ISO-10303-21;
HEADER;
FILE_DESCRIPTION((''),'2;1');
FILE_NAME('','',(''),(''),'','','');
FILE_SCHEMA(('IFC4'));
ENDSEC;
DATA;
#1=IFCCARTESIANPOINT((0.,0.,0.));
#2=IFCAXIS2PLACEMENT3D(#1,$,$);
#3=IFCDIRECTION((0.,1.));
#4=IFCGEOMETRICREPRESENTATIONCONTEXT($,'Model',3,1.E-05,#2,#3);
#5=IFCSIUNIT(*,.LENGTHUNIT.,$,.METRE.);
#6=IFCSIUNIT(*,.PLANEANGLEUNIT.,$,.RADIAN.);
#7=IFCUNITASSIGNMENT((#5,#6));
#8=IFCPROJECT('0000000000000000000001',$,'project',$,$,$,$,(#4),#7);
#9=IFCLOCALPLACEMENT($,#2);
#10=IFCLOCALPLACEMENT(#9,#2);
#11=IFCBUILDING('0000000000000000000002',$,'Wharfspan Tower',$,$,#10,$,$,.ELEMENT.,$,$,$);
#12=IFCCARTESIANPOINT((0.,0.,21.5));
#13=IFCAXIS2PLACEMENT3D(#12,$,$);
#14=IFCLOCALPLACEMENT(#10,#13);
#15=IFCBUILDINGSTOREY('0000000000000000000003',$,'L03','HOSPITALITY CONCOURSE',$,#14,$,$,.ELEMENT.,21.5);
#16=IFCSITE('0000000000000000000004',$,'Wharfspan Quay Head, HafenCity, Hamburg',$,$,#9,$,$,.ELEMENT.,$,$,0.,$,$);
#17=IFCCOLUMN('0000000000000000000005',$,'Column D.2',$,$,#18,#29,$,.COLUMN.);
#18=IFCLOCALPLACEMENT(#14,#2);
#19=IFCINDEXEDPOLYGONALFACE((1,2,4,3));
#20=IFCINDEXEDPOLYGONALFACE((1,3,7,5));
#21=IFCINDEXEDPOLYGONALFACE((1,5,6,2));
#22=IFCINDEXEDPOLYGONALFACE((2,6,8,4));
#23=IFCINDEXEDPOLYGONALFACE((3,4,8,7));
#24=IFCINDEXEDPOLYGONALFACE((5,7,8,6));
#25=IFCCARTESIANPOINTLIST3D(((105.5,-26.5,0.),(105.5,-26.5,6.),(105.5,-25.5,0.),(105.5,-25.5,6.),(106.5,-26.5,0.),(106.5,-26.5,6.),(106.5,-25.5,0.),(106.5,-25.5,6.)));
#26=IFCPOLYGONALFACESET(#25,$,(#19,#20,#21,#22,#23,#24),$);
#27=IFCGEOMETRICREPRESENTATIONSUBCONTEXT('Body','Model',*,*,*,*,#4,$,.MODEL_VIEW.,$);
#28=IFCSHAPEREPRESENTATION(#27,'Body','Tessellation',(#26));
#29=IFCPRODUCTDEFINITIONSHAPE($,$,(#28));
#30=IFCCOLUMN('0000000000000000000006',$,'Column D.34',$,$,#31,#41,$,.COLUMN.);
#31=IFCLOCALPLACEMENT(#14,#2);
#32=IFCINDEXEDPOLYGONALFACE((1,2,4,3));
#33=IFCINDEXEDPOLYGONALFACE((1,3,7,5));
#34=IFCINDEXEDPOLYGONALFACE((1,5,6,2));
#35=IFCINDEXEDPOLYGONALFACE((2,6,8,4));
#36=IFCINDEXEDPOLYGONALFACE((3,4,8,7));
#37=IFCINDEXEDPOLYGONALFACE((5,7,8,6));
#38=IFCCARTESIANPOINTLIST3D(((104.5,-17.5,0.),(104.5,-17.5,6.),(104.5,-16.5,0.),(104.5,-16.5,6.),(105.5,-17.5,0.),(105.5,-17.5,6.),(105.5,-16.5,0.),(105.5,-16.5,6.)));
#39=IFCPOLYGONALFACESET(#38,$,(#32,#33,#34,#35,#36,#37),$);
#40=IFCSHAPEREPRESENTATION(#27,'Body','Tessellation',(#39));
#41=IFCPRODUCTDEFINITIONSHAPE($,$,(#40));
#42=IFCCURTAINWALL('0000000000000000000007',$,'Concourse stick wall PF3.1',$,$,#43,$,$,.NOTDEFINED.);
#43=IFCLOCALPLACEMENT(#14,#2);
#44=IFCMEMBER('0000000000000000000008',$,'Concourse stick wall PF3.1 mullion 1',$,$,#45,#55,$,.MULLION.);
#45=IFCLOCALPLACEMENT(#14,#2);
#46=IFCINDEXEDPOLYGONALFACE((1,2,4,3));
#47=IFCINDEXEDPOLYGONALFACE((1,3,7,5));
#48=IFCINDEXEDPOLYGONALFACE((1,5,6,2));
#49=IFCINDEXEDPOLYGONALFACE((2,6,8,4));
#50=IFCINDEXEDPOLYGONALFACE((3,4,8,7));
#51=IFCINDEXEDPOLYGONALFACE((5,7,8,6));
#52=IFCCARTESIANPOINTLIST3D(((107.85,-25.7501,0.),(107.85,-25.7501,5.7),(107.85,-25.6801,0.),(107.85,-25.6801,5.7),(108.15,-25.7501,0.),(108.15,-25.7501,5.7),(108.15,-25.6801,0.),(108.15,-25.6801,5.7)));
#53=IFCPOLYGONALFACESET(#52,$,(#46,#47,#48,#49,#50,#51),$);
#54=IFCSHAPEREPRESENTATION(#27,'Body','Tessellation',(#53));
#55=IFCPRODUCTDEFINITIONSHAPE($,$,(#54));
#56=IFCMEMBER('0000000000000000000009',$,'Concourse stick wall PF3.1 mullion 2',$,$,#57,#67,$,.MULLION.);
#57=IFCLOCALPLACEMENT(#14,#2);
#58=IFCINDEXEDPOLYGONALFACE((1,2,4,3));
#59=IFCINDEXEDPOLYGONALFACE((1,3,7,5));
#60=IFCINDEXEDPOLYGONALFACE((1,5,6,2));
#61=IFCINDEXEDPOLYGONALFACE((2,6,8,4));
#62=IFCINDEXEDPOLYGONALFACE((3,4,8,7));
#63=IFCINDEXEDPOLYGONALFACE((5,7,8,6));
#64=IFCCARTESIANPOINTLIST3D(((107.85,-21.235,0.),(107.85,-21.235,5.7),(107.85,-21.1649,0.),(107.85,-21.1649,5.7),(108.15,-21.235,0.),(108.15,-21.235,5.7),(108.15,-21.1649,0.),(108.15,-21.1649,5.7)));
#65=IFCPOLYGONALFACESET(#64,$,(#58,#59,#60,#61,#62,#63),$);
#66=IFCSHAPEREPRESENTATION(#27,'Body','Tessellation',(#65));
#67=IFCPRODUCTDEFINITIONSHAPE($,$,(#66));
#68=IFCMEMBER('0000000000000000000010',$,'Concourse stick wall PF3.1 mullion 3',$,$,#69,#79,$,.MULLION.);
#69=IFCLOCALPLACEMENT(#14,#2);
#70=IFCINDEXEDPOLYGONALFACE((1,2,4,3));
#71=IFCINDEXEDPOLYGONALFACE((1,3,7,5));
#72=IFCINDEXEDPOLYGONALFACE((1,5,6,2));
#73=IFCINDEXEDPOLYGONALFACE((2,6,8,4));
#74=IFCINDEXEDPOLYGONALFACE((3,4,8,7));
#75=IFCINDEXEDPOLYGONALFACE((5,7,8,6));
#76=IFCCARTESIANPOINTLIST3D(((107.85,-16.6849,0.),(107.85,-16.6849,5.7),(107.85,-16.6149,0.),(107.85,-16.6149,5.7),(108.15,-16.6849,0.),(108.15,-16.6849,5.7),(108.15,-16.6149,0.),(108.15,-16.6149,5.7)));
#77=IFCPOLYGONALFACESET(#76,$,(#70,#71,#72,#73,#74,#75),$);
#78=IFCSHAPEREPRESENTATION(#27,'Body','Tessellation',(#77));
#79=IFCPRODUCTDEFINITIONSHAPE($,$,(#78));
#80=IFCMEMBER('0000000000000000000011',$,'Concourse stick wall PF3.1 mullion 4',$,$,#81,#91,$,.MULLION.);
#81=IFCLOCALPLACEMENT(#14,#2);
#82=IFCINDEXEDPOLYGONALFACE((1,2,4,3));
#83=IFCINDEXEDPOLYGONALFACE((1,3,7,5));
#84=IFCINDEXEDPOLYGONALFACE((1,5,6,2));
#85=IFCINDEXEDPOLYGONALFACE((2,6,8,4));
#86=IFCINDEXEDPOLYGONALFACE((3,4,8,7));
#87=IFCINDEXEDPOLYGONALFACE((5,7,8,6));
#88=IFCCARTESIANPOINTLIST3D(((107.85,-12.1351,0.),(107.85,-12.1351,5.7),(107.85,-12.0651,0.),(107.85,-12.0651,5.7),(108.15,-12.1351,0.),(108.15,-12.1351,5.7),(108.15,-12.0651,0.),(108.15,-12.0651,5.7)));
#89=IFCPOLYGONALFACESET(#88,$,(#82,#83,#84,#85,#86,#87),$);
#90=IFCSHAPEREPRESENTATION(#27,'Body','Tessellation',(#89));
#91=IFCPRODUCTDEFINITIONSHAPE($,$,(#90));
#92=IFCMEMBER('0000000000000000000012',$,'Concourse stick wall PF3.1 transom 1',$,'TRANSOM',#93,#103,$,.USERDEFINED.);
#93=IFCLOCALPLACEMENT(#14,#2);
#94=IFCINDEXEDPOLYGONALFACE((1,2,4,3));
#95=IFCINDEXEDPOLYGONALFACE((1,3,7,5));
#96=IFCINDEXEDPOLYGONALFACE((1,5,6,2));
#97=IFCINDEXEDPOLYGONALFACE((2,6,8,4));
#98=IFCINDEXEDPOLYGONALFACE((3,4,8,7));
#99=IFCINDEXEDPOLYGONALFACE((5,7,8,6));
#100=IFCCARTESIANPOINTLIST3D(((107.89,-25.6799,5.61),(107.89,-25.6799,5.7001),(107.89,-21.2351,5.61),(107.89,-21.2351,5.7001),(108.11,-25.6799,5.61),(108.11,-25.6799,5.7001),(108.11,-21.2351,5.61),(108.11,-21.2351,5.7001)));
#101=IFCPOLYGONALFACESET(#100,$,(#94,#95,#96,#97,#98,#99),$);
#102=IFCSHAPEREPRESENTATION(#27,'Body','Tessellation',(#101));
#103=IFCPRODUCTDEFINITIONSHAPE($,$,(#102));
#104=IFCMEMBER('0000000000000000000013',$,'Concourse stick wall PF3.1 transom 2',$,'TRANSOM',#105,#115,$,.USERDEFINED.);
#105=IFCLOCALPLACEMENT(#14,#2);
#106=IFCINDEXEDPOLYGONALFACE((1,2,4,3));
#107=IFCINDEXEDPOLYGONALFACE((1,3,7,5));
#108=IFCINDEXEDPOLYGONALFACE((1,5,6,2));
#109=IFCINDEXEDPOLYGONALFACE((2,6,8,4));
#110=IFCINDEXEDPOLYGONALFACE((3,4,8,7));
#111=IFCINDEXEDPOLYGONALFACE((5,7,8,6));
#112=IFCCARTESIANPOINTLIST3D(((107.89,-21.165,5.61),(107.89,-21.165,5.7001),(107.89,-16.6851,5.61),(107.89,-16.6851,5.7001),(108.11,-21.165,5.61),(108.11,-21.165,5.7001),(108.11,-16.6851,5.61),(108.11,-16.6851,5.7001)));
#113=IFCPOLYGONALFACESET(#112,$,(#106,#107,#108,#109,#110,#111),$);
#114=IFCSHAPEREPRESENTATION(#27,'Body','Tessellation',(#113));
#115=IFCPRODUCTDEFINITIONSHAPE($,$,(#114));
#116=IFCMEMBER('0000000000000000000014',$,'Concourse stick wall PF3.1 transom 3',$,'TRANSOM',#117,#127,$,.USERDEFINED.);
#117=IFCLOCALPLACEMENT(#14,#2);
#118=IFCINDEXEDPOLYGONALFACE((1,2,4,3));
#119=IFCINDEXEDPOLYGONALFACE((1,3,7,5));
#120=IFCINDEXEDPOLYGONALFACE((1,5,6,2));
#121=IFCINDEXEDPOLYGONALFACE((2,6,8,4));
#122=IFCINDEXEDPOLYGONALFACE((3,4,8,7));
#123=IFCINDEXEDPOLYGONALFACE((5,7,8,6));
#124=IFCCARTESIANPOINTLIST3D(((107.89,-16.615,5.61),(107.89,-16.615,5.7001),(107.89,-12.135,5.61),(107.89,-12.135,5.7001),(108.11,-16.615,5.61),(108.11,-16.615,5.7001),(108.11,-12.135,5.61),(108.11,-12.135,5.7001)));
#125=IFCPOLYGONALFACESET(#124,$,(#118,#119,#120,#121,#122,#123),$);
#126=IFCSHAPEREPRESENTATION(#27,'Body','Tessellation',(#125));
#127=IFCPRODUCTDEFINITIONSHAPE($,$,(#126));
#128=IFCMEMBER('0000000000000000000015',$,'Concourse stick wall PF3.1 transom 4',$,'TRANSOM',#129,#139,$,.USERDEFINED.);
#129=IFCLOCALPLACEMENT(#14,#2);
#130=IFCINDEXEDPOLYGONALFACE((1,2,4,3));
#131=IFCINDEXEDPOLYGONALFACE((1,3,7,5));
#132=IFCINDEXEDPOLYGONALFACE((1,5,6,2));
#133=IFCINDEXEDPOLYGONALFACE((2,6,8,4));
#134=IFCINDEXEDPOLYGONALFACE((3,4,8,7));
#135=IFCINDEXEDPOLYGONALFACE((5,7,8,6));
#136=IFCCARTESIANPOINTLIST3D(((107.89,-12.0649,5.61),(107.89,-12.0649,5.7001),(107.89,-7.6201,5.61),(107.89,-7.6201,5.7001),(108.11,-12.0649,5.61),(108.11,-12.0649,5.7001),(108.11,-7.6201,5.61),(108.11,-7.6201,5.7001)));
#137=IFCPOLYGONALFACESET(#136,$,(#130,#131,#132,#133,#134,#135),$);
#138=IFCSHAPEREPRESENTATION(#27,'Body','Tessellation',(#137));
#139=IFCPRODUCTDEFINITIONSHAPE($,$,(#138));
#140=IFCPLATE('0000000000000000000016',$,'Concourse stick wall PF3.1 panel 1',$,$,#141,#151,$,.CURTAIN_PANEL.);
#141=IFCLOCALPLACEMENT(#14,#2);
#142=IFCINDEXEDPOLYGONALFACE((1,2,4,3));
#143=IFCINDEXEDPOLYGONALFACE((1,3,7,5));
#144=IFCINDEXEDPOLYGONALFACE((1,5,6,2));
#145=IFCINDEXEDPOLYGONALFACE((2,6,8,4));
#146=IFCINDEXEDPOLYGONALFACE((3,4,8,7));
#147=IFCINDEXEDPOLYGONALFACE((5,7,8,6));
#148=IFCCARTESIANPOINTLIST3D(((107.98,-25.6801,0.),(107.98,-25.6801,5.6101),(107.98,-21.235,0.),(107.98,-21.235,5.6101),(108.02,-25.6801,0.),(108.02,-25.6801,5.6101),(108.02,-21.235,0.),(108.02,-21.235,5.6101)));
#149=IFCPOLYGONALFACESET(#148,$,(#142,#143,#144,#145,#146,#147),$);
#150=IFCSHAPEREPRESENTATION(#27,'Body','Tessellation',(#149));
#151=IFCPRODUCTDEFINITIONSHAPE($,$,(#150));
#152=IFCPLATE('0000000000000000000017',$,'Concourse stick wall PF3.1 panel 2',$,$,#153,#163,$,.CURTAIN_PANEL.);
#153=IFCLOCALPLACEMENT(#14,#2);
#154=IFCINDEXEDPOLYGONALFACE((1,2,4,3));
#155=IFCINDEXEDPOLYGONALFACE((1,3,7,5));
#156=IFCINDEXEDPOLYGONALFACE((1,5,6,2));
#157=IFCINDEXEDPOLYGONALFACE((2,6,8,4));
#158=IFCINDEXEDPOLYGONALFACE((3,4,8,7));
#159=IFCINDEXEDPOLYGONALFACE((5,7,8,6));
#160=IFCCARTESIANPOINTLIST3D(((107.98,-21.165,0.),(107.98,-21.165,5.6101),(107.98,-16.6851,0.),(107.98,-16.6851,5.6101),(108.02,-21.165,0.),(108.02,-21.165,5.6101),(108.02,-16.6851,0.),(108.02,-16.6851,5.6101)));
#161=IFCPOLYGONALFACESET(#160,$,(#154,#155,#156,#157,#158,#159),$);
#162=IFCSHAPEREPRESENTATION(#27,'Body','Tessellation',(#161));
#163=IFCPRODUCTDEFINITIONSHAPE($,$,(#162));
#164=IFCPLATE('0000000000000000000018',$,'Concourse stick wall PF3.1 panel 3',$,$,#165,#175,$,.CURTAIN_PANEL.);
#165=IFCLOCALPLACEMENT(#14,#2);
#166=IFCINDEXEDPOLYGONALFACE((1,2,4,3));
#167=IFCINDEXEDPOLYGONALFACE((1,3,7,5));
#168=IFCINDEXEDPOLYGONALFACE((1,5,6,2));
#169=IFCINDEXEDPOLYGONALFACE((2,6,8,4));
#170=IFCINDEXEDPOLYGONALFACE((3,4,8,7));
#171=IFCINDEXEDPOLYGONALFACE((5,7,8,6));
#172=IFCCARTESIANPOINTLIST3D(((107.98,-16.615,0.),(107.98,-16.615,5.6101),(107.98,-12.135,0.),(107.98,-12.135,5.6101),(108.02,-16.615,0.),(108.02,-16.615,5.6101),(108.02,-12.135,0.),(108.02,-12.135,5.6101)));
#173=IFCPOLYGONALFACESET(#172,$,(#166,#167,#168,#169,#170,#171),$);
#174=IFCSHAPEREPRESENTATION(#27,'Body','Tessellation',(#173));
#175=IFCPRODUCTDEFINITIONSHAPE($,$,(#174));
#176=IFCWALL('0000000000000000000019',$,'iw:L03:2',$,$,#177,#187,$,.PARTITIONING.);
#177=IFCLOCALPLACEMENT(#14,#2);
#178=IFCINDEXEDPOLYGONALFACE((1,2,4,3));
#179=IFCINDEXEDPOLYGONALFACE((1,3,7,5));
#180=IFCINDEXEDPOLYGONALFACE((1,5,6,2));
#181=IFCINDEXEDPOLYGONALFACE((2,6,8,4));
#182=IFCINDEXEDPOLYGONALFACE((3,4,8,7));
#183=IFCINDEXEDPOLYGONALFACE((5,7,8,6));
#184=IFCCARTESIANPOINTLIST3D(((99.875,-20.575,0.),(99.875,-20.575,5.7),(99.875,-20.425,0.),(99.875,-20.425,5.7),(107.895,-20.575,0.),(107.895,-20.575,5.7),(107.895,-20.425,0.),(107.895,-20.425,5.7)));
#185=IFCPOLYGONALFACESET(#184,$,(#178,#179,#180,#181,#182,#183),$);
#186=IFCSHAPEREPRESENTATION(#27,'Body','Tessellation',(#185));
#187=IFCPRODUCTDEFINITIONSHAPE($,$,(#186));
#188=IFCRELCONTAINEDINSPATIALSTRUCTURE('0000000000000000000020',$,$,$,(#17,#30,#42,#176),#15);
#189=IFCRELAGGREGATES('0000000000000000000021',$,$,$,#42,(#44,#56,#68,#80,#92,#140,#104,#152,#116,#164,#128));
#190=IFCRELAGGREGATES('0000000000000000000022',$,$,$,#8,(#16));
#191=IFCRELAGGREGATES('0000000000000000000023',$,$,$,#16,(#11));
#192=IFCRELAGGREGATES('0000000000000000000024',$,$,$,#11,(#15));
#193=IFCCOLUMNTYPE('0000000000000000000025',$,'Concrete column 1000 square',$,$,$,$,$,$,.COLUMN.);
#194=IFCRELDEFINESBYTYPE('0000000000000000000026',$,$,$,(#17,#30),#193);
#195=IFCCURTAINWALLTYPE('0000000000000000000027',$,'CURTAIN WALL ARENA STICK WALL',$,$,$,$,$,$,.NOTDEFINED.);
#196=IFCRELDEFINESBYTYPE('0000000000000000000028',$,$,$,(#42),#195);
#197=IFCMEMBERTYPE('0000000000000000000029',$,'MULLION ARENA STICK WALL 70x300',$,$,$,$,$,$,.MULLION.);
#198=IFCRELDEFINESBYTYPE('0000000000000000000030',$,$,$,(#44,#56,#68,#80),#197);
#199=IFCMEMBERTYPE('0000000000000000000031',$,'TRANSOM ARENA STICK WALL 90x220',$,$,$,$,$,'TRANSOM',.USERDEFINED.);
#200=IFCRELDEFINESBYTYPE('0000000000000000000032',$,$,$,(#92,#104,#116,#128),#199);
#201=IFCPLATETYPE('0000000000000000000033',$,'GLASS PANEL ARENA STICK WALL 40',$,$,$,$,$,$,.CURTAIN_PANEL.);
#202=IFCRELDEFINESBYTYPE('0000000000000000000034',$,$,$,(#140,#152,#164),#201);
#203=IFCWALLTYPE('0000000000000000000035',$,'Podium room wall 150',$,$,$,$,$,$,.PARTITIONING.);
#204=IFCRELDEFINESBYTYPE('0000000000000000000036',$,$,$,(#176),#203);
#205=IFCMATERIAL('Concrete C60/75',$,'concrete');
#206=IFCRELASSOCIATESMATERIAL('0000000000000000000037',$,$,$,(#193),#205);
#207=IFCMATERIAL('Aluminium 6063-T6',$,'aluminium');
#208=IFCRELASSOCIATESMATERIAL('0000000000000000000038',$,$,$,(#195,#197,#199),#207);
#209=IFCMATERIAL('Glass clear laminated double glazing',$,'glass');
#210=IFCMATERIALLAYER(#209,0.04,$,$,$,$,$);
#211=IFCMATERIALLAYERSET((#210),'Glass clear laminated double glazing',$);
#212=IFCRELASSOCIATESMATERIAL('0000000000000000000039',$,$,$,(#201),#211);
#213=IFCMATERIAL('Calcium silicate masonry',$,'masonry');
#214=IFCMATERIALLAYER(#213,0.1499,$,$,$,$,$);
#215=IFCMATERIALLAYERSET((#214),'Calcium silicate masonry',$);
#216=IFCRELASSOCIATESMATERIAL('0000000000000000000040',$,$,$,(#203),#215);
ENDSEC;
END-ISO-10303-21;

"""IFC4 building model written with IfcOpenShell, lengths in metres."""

from ifc_helpers import new_model, si_unit, direction, frame, frame_2d, origin, origin_2d, place, context, subcontext, project, spatial, rectangle, extrude, material, layer, layer_set, material_profile, profile_set, type_object, element, aggregate, save


model = new_model("IFC4")

# Units and contexts
model_context = context("Model", 3, precision=1e-05, world=origin(), true_north=direction((0.0, 1.0)))
body_context = subcontext(model_context, "Body", "Model", "MODEL_VIEW")
ifc_project = project(units=[si_unit("LENGTHUNIT", "METRE"), si_unit("PLANEANGLEUNIT", "RADIAN")], contexts=[model_context])

# Site, building, storey
site_placement = place(None, origin())
site = spatial("IfcSite", under=ifc_project, at=site_placement, Name="Wharfspan Quay Head, HafenCity, Hamburg", CompositionType="ELEMENT", RefElevation=0.0)
building_placement = place(site_placement, origin())
building = spatial("IfcBuilding", under=site, at=building_placement, Name="Wharfspan Tower", CompositionType="ELEMENT")
storey_placement = place(building_placement, frame((0.0, 0.0, 21.5)))
storey = spatial("IfcBuildingStorey", under=building, at=storey_placement, Name="L03", Description="HOSPITALITY CONCOURSE", CompositionType="ELEMENT", Elevation=21.5)

# Columns
ifc_material_1 = material(Name="Concrete C60/75", Category="concrete")
ifc_material_profile_1 = material_profile(ifc_material_1, rectangle(XDim=1.0, YDim=1.0, at=origin_2d()))
ifc_profile_set_1 = profile_set([ifc_material_profile_1], Name="Concrete C60/75")
column_type = type_object("IfcColumnType", Name="Concrete column 1000 square", PredefinedType="COLUMN", material=ifc_profile_set_1)
for number, where, z_axis, x_axis, name in (
    (1, (106.0, -26.0, 0.0), (0.0, 0.0, 1.0), (1.0, 0.0, 0.0), "Column D.2"),
    (2, (105.0, -17.0, 0.0), (0.0, 0.0, 1.0), (1.0, 0.0, 0.0), "Column D.34"),
):
    element("IfcColumn", number, at=place(storey_placement, frame(where, z_axis=z_axis, x_axis=x_axis)), inside=storey, type_object=column_type, Name=name, PredefinedType="COLUMN", context=body_context, shape_type="SweptSolid", body=[
        extrude(rectangle(XDim=1.0, YDim=1.0, at=origin_2d()), origin(), (0.0, 0.0, 1.0), 6.0),
    ])

# Curtain wall, members, plates
ifc_material_2 = material(Name="Aluminium 6063-T6", Category="aluminium")
curtain_wall_type = type_object("IfcCurtainWallType", Name="CURTAIN WALL ARENA STICK WALL", PredefinedType="NOTDEFINED", material=ifc_material_2)
curtain_wall_placement = place(storey_placement, origin())
curtain_wall = element("IfcCurtainWall", 3, at=curtain_wall_placement, inside=storey, type_object=curtain_wall_type, Name="Concourse stick wall PF3.1", PredefinedType="NOTDEFINED")
ifc_material_profile_2 = material_profile(ifc_material_2, rectangle(XDim=0.3, YDim=0.0701, at=origin_2d()))
ifc_profile_set_2 = profile_set([ifc_material_profile_2], Name="Aluminium 6063-T6")
member_type_1 = type_object("IfcMemberType", Name="MULLION ARENA STICK WALL 70x300", PredefinedType="MULLION", material=ifc_profile_set_2)
member_1_placement = place(storey_placement, frame((108.0, -25.7151, 0.0), z_axis=(0.0, 0.0, 1.0), x_axis=(-1.0, 0.0, 0.0)))
member_1 = element("IfcMember", 4, at=member_1_placement, type_object=member_type_1, Name="Concourse stick wall PF3.1 mullion 1", PredefinedType="MULLION", context=body_context, shape_type="SweptSolid", body=[
    extrude(rectangle(XDim=0.3, YDim=0.0701, at=origin_2d()), origin(), (0.0, 0.0, 1.0), 5.7),
])
member_2_placement = place(storey_placement, frame((108.0, -21.2, 0.0), z_axis=(0.0, 0.0, 1.0), x_axis=(-1.0, 0.0, 0.0)))
member_2 = element("IfcMember", 5, at=member_2_placement, type_object=member_type_1, Name="Concourse stick wall PF3.1 mullion 2", PredefinedType="MULLION", context=body_context, shape_type="SweptSolid", body=[
    extrude(rectangle(XDim=0.3, YDim=0.0701, at=origin_2d()), origin(), (0.0, 0.0, 1.0), 5.7),
])
member_3_placement = place(storey_placement, frame((108.0, -16.6499, 0.0), z_axis=(0.0, 0.0, 1.0), x_axis=(-1.0, 0.0, 0.0)))
member_3 = element("IfcMember", 6, at=member_3_placement, type_object=member_type_1, Name="Concourse stick wall PF3.1 mullion 3", PredefinedType="MULLION", context=body_context, shape_type="SweptSolid", body=[
    extrude(rectangle(XDim=0.3, YDim=0.0701, at=origin_2d()), origin(), (0.0, 0.0, 1.0), 5.7),
])
member_4_placement = place(storey_placement, frame((108.0, -12.1001, 0.0), z_axis=(0.0, 0.0, 1.0), x_axis=(-1.0, 0.0, 0.0)))
member_4 = element("IfcMember", 7, at=member_4_placement, type_object=member_type_1, Name="Concourse stick wall PF3.1 mullion 4", PredefinedType="MULLION", context=body_context, shape_type="SweptSolid", body=[
    extrude(rectangle(XDim=0.3, YDim=0.0701, at=origin_2d()), origin(), (0.0, 0.0, 1.0), 5.7),
])
ifc_material_profile_3 = material_profile(ifc_material_2, rectangle(XDim=0.22, YDim=0.0901, at=origin_2d()))
ifc_profile_set_3 = profile_set([ifc_material_profile_3], Name="Aluminium 6063-T6")
member_type_2 = type_object("IfcMemberType", Name="TRANSOM ARENA STICK WALL 90x220", ElementType="TRANSOM", PredefinedType="USERDEFINED", material=ifc_profile_set_3)
member_5_placement = place(storey_placement, frame((108.0, -25.6799, 5.655), z_axis=(0.0, 1.0, 0.0), x_axis=(-1.0, 0.0, 0.0)))
member_5 = element("IfcMember", 8, at=member_5_placement, type_object=member_type_2, Name="Concourse stick wall PF3.1 transom 1", ObjectType="TRANSOM", PredefinedType="USERDEFINED", context=body_context, shape_type="SweptSolid", body=[
    extrude(rectangle(XDim=0.22, YDim=0.0901, at=origin_2d()), origin(), (0.0, 0.0, 1.0), 4.4448),
])
member_6_placement = place(storey_placement, frame((108.0, -21.165, 5.655), z_axis=(0.0, 1.0, 0.0), x_axis=(-1.0, 0.0, 0.0)))
member_6 = element("IfcMember", 9, at=member_6_placement, type_object=member_type_2, Name="Concourse stick wall PF3.1 transom 2", ObjectType="TRANSOM", PredefinedType="USERDEFINED", context=body_context, shape_type="SweptSolid", body=[
    extrude(rectangle(XDim=0.22, YDim=0.0901, at=origin_2d()), origin(), (0.0, 0.0, 1.0), 4.48),
])
member_7_placement = place(storey_placement, frame((108.0, -16.615, 5.655), z_axis=(0.0, 1.0, 0.0), x_axis=(-1.0, 0.0, 0.0)))
member_7 = element("IfcMember", 10, at=member_7_placement, type_object=member_type_2, Name="Concourse stick wall PF3.1 transom 3", ObjectType="TRANSOM", PredefinedType="USERDEFINED", context=body_context, shape_type="SweptSolid", body=[
    extrude(rectangle(XDim=0.22, YDim=0.0901, at=origin_2d()), origin(), (0.0, 0.0, 1.0), 4.48),
])
member_8_placement = place(storey_placement, frame((108.0, -12.0649, 5.655), z_axis=(0.0, 1.0, 0.0), x_axis=(-1.0, 0.0, 0.0)))
member_8 = element("IfcMember", 11, at=member_8_placement, type_object=member_type_2, Name="Concourse stick wall PF3.1 transom 4", ObjectType="TRANSOM", PredefinedType="USERDEFINED", context=body_context, shape_type="SweptSolid", body=[
    extrude(rectangle(XDim=0.22, YDim=0.0901, at=origin_2d()), origin(), (0.0, 0.0, 1.0), 4.4448),
])
ifc_material_3 = material(Name="Glass clear laminated double glazing", Category="glass")
ifc_layer_1 = layer(ifc_material_3, 0.04)
ifc_layer_set_1 = layer_set([ifc_layer_1], Name="Glass clear laminated double glazing")
plate_type = type_object("IfcPlateType", Name="GLASS PANEL ARENA STICK WALL 40", PredefinedType="CURTAIN_PANEL", material=ifc_layer_set_1)
plate_1_placement = place(storey_placement, frame((108.0, -23.4575, 0.0), z_axis=(0.0, 0.0, 1.0), x_axis=(0.0, 1.0, 0.0)))
plate_1 = element("IfcPlate", 12, at=plate_1_placement, type_object=plate_type, Name="Concourse stick wall PF3.1 panel 1", PredefinedType="CURTAIN_PANEL", context=body_context, shape_type="SweptSolid", body=[
    extrude(rectangle(XDim=4.4451, YDim=0.04, at=origin_2d()), origin(), (0.0, 0.0, 1.0), 5.6101),
])
plate_2_placement = place(storey_placement, frame((108.0, -18.925, 0.0), z_axis=(0.0, 0.0, 1.0), x_axis=(0.0, 1.0, 0.0)))
plate_2 = element("IfcPlate", 13, at=plate_2_placement, type_object=plate_type, Name="Concourse stick wall PF3.1 panel 2", PredefinedType="CURTAIN_PANEL", context=body_context, shape_type="SweptSolid", body=[
    extrude(rectangle(XDim=4.48, YDim=0.04, at=origin_2d()), origin(), (0.0, 0.0, 1.0), 5.6101),
])
plate_3_placement = place(storey_placement, frame((108.0, -14.375, 0.0), z_axis=(0.0, 0.0, 1.0), x_axis=(0.0, 1.0, 0.0)))
plate_3 = element("IfcPlate", 14, at=plate_3_placement, type_object=plate_type, Name="Concourse stick wall PF3.1 panel 3", PredefinedType="CURTAIN_PANEL", context=body_context, shape_type="SweptSolid", body=[
    extrude(rectangle(XDim=4.48, YDim=0.04, at=origin_2d()), origin(), (0.0, 0.0, 1.0), 5.6101),
])
aggregate(curtain_wall, [member_1, member_2, member_3, member_4, member_5, plate_1, member_6, plate_2, member_7, plate_3, member_8])

# Wall
ifc_material_4 = material(Name="Calcium silicate masonry", Category="masonry")
ifc_layer_2 = layer(ifc_material_4, 0.1499)
ifc_layer_set_2 = layer_set([ifc_layer_2], Name="Calcium silicate masonry")
wall_type_1 = type_object("IfcWallType", Name="Podium room wall 150", PredefinedType="PARTITIONING", material=ifc_layer_set_2)
for number, where, z_axis, x_axis, name in (
    (15, (99.875, -20.5, 0.0), (0.0, 0.0, 1.0), (1.0, 0.0, 0.0), "iw:L03:2"),
):
    element("IfcWall", number, at=place(storey_placement, frame(where, z_axis=z_axis, x_axis=x_axis)), inside=storey, type_object=wall_type_1, Name=name, PredefinedType="PARTITIONING", context=body_context, shape_type="SweptSolid", body=[
        extrude(rectangle(XDim=8.02, YDim=0.1499, at=frame_2d((4.01, 0.0))), origin(), (0.0, 0.0, 1.0), 5.7),
    ])

save(model, "model.ifc")
